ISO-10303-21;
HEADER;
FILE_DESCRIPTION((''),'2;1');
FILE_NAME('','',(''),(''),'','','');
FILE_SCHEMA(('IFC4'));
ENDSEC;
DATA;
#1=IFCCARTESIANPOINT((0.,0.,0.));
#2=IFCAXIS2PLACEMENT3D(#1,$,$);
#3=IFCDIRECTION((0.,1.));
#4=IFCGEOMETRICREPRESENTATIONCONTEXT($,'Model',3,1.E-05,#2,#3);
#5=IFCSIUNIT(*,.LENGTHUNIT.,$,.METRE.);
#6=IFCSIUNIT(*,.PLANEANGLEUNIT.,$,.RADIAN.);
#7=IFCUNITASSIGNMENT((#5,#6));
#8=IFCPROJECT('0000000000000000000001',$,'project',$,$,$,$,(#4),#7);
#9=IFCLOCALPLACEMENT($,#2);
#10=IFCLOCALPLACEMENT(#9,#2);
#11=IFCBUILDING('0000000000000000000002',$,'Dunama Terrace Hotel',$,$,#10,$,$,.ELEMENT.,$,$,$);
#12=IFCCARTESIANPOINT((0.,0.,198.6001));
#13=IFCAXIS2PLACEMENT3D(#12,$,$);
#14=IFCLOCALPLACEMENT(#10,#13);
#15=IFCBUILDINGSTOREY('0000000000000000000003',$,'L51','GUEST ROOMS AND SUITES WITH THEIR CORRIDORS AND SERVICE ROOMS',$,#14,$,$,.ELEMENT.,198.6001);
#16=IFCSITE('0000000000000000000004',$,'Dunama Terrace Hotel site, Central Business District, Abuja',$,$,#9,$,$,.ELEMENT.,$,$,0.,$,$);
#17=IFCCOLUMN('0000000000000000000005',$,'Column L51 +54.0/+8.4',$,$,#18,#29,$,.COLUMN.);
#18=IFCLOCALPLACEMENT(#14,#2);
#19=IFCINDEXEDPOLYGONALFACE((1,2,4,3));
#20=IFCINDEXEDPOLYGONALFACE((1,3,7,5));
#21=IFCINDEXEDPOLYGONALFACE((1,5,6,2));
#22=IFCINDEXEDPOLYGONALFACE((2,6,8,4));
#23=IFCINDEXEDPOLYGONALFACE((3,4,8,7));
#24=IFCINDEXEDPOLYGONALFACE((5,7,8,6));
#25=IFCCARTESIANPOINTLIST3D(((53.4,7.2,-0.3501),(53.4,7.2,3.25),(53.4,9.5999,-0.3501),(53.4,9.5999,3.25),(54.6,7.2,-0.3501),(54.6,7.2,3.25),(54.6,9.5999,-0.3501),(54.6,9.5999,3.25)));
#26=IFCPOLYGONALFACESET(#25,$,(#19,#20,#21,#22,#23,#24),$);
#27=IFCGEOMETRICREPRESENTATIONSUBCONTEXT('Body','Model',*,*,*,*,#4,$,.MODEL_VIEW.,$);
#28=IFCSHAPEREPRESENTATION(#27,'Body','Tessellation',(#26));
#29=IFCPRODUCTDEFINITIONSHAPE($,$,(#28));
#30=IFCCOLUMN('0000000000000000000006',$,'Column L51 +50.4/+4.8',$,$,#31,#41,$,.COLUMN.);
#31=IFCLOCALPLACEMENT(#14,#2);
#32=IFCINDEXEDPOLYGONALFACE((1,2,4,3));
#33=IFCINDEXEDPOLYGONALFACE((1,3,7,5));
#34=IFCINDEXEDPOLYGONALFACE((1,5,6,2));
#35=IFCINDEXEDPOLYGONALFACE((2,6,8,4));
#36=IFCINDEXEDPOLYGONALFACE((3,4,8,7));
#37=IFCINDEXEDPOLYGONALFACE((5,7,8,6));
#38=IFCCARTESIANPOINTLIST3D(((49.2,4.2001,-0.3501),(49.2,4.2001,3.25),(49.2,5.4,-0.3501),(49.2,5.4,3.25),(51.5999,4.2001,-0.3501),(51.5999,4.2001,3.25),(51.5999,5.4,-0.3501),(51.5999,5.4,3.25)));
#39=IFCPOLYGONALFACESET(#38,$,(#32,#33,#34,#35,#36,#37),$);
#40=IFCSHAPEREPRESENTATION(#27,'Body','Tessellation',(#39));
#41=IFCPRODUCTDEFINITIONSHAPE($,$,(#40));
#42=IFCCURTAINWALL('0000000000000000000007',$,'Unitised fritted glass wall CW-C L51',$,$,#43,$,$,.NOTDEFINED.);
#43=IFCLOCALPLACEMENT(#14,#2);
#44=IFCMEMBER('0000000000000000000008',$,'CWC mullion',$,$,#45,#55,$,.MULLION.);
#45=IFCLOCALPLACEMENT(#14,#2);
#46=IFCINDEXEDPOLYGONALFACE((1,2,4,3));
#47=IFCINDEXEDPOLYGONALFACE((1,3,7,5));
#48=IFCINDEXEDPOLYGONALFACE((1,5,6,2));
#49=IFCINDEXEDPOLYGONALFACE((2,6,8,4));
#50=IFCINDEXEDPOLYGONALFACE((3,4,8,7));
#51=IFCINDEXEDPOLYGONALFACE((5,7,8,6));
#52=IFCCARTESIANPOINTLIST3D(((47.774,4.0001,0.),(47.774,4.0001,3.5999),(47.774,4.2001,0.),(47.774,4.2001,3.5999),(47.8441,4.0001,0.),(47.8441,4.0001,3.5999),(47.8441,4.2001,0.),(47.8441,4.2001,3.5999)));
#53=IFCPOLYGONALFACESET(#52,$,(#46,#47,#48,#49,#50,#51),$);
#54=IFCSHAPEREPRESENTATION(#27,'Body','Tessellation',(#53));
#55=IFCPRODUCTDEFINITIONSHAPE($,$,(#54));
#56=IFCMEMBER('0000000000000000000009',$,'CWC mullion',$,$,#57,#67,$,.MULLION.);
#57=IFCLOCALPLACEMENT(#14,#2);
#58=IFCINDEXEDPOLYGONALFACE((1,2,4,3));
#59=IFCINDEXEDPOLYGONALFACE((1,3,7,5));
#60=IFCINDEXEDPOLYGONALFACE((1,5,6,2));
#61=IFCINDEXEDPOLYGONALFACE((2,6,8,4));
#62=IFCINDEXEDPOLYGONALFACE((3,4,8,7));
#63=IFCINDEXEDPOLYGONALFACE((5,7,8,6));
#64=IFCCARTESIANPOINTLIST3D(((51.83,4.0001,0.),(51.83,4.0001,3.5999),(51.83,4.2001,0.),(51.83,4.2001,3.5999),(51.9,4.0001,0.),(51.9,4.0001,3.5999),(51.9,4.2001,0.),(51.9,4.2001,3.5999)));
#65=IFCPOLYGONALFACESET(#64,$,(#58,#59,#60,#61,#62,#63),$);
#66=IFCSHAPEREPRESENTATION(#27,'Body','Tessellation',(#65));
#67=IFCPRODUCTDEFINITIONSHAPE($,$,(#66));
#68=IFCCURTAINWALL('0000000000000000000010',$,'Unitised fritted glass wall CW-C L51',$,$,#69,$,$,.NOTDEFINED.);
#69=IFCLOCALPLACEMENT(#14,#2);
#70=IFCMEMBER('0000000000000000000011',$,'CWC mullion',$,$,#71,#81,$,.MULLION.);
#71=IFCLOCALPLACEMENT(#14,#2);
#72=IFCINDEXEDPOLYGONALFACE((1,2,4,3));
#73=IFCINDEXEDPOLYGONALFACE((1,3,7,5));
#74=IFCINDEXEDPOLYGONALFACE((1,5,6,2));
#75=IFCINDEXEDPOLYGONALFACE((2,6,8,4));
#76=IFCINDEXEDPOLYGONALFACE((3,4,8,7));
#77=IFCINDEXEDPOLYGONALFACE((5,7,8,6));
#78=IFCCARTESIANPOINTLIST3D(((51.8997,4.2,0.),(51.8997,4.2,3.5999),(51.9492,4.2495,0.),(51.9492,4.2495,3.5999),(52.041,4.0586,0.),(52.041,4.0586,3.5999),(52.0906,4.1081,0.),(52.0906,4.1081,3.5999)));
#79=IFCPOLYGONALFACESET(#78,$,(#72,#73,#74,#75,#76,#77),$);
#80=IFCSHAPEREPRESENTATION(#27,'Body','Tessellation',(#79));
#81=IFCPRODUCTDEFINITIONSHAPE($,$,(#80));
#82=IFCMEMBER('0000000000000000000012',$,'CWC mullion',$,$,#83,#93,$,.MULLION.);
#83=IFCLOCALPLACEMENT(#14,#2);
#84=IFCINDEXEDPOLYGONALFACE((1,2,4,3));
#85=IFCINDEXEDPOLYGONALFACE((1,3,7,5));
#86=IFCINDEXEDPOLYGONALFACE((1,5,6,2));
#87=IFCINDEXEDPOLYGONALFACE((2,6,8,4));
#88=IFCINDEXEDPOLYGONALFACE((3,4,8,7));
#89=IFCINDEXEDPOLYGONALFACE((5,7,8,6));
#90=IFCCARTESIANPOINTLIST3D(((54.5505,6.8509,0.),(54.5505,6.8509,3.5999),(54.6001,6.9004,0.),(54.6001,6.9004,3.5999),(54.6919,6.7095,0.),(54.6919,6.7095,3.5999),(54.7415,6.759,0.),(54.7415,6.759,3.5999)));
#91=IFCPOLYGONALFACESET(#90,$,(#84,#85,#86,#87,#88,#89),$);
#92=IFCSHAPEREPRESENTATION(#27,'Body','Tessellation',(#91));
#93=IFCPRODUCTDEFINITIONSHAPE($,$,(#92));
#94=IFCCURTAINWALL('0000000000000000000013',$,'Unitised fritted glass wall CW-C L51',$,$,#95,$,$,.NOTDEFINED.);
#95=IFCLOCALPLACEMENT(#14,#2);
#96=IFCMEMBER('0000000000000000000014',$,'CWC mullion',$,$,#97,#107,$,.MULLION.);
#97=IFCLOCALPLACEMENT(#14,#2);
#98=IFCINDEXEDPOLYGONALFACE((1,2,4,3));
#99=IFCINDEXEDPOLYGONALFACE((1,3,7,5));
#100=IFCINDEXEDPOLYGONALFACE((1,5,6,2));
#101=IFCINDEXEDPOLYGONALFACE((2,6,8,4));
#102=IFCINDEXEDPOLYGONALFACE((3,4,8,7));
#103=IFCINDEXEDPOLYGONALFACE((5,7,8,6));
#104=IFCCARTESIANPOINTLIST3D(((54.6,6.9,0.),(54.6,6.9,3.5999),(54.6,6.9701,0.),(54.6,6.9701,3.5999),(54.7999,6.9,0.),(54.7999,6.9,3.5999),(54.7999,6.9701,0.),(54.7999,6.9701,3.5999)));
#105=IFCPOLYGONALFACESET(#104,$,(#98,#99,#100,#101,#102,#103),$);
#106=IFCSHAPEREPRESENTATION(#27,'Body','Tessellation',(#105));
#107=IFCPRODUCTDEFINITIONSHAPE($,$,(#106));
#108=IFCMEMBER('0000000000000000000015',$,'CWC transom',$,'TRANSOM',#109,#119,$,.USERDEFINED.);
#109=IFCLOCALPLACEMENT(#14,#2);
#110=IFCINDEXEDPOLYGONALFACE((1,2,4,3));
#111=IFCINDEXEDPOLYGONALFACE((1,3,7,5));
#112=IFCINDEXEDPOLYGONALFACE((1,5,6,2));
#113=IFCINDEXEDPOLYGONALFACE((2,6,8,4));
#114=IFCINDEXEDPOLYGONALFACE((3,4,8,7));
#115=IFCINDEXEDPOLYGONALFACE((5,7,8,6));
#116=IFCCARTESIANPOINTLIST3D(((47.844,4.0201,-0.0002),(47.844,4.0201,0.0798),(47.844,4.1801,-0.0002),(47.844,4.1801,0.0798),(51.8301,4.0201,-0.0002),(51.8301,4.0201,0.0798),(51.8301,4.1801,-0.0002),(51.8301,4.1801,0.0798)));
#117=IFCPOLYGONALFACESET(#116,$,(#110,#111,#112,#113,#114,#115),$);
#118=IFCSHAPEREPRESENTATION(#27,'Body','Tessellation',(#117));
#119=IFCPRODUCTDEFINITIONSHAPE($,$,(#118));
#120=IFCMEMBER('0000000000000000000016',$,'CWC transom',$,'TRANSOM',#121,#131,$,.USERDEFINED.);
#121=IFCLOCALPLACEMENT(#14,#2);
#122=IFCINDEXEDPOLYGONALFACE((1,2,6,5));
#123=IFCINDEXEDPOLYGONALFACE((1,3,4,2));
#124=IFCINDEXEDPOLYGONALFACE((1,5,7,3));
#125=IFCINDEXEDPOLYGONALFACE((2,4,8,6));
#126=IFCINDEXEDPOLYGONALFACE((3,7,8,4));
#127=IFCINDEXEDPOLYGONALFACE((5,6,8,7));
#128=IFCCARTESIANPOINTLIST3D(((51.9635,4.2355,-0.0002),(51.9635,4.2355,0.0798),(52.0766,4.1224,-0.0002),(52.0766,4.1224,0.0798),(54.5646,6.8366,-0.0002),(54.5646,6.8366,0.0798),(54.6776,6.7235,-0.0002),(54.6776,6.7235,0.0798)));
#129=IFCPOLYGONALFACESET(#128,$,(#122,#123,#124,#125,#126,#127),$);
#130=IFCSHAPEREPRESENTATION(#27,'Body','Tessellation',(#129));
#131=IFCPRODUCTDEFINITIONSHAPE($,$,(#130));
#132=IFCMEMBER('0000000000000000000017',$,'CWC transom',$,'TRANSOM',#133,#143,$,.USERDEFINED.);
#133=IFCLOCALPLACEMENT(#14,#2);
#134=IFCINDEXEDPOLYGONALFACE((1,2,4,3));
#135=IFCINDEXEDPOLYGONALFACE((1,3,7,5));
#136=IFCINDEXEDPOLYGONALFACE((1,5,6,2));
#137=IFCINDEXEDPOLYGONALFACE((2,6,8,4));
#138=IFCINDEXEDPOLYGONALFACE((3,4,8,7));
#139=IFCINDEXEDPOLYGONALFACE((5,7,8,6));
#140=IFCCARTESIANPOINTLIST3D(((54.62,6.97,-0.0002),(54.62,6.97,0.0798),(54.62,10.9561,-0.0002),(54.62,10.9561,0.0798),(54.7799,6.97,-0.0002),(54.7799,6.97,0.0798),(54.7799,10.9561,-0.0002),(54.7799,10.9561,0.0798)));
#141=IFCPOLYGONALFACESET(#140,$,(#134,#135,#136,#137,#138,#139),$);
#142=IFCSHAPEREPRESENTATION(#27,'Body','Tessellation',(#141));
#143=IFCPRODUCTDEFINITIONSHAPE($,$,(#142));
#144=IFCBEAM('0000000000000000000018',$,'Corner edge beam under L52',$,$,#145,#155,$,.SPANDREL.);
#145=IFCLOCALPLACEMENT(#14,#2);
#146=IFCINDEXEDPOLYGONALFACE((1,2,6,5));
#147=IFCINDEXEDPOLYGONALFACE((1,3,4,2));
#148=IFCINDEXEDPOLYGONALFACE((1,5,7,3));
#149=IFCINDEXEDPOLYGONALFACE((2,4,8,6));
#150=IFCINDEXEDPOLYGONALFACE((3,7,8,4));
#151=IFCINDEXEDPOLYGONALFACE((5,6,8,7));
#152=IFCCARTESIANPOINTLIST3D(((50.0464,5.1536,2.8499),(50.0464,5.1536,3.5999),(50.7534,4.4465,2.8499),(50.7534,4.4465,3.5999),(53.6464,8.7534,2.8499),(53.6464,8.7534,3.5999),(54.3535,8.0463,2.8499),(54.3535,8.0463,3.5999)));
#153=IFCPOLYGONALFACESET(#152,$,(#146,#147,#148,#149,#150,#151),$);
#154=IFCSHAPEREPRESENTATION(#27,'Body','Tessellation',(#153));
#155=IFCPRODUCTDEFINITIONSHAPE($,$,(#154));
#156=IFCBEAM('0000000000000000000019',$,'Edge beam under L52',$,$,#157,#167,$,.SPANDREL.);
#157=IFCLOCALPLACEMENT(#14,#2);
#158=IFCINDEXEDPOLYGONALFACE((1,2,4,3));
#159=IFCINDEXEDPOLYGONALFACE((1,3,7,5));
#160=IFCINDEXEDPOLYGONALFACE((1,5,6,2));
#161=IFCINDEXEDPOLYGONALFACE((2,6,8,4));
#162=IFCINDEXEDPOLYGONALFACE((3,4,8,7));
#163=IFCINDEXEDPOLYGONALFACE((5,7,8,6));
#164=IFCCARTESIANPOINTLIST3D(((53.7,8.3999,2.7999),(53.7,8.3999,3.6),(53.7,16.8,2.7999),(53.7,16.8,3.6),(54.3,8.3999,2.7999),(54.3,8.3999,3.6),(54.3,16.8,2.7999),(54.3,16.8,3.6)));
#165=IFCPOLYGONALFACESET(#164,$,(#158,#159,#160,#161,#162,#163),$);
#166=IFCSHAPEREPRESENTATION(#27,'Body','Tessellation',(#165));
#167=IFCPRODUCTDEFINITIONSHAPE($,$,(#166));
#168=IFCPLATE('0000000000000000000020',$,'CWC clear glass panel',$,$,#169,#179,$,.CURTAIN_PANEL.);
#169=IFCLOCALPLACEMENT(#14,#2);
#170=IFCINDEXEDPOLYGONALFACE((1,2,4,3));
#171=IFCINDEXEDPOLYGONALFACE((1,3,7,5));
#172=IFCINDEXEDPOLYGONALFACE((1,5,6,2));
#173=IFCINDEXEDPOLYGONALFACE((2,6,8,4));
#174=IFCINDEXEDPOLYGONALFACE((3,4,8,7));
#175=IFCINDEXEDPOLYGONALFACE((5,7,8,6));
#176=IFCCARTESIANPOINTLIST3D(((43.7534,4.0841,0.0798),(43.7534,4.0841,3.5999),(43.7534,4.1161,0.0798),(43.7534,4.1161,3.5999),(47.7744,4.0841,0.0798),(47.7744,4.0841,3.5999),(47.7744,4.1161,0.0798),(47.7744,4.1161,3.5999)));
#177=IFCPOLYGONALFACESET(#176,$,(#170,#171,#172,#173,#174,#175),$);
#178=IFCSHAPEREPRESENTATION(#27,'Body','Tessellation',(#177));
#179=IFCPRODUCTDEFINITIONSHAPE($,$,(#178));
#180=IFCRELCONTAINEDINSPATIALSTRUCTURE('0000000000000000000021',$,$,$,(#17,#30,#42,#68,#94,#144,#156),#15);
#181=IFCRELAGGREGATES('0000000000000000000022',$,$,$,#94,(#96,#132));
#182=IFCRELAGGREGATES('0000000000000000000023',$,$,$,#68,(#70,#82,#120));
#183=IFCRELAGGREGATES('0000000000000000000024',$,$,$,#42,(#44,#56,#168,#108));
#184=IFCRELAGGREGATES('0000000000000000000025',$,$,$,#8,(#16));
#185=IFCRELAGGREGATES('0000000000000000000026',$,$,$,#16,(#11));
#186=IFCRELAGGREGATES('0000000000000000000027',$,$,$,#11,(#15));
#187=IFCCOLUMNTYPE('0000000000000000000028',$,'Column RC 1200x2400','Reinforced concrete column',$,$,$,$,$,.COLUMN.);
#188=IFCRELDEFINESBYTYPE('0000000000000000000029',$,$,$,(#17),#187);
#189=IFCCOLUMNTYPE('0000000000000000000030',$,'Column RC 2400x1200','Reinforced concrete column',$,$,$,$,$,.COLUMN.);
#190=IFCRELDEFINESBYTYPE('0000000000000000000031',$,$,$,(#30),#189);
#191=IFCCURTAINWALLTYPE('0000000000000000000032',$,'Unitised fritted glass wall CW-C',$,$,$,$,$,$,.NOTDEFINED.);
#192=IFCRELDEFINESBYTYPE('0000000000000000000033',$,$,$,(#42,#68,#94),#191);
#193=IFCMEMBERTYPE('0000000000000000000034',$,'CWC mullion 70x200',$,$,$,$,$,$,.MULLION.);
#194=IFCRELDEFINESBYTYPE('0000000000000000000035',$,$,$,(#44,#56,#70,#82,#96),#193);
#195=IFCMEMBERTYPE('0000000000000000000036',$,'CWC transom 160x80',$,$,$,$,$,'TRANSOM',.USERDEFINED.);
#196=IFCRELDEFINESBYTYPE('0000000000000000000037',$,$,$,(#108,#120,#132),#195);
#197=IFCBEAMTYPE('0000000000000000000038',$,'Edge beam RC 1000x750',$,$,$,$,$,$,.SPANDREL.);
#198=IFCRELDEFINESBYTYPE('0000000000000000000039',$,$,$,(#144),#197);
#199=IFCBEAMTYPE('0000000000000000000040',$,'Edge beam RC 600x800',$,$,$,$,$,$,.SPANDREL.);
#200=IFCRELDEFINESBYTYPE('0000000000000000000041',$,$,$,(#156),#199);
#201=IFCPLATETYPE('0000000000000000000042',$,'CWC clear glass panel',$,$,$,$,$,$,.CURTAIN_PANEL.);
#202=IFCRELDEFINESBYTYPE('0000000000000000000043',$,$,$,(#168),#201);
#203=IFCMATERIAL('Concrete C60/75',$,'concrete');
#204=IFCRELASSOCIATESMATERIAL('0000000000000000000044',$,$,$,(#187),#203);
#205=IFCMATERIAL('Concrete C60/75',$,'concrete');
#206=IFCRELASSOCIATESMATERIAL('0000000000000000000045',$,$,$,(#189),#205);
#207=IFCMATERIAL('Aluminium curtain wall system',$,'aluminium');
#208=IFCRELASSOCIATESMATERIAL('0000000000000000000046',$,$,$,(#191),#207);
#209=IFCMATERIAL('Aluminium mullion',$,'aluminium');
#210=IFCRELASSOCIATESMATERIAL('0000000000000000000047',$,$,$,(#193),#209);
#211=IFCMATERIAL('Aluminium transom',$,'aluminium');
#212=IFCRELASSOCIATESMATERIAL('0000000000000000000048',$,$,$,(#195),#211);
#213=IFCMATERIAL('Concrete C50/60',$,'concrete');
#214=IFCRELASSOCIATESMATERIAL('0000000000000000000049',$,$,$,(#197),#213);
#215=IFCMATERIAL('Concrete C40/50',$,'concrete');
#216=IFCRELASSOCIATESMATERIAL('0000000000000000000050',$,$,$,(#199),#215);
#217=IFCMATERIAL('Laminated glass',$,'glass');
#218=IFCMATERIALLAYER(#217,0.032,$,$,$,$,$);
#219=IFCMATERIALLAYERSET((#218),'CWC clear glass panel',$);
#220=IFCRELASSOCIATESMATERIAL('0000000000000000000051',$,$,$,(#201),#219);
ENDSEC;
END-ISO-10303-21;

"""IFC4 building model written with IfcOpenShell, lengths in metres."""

from ifc_helpers import new_model, si_unit, direction, frame, origin, origin_2d, place, context, subcontext, project, spatial, rectangle, extrude, material, layer, layer_set, material_profile, profile_set, type_object, element, aggregate, save


model = new_model("IFC4")

# Units and contexts
model_context = context("Model", 3, precision=1e-05, world=origin(), true_north=direction((0.0, 1.0)))
body_context = subcontext(model_context, "Body", "Model", "MODEL_VIEW")
ifc_project = project(units=[si_unit("LENGTHUNIT", "METRE"), si_unit("PLANEANGLEUNIT", "RADIAN")], contexts=[model_context])

# Site, building, storey
site_placement = place(None, origin())
site = spatial("IfcSite", under=ifc_project, at=site_placement, Name="Dunama Terrace Hotel site, Central Business District, Abuja", CompositionType="ELEMENT", RefElevation=0.0)
building_placement = place(site_placement, origin())
building = spatial("IfcBuilding", under=site, at=building_placement, Name="Dunama Terrace Hotel", CompositionType="ELEMENT")
storey_placement = place(building_placement, frame((0.0, 0.0, 198.6001)))
storey = spatial("IfcBuildingStorey", under=building, at=storey_placement, Name="L51", Description="GUEST ROOMS AND SUITES WITH THEIR CORRIDORS AND SERVICE ROOMS", CompositionType="ELEMENT", Elevation=198.6001)

# Columns
ifc_material_1 = material(Name="Concrete C60/75", Category="concrete")
ifc_material_profile_1 = material_profile(ifc_material_1, rectangle(XDim=1.2, YDim=2.3999, at=origin_2d()), Name="RC 1200x2400")
ifc_profile_set_1 = profile_set([ifc_material_profile_1], Name="Concrete C60/75")
column_type_1 = type_object("IfcColumnType", Name="Column RC 1200x2400", Description="Reinforced concrete column", PredefinedType="COLUMN", material=ifc_profile_set_1)
column_1_placement = place(storey_placement, frame((54.0, 8.3999, -0.3501), z_axis=(0.0, 0.0, 1.0), x_axis=(1.0, 0.0, 0.0)))
element("IfcColumn", 1, at=column_1_placement, inside=storey, type_object=column_type_1, Name="Column L51 +54.0/+8.4", PredefinedType="COLUMN", context=body_context, shape_type="SweptSolid", body=[
    extrude(rectangle(XDim=1.2, YDim=2.3999, at=origin_2d()), origin(), (0.0, 0.0, 1.0), 3.6001),
])
ifc_material_2 = material(Name="Concrete C60/75", Category="concrete")
ifc_material_profile_2 = material_profile(ifc_material_2, rectangle(XDim=2.3999, YDim=1.2, at=origin_2d()), Name="RC 2400x1200")
ifc_profile_set_2 = profile_set([ifc_material_profile_2], Name="Concrete C60/75")
column_type_2 = type_object("IfcColumnType", Name="Column RC 2400x1200", Description="Reinforced concrete column", PredefinedType="COLUMN", material=ifc_profile_set_2)
column_2_placement = place(storey_placement, frame((50.3999, 4.8, -0.3501), z_axis=(0.0, 0.0, 1.0), x_axis=(1.0, 0.0, 0.0)))
element("IfcColumn", 2, at=column_2_placement, inside=storey, type_object=column_type_2, Name="Column L51 +50.4/+4.8", PredefinedType="COLUMN", context=body_context, shape_type="SweptSolid", body=[
    extrude(rectangle(XDim=2.3999, YDim=1.2, at=origin_2d()), origin(), (0.0, 0.0, 1.0), 3.6001),
])

# Curtain walls, members
ifc_material_3 = material(Name="Aluminium curtain wall system", Category="aluminium")
curtain_wall_type = type_object("IfcCurtainWallType", Name="Unitised fritted glass wall CW-C", PredefinedType="NOTDEFINED", material=ifc_material_3)
curtain_wall_1_placement = place(storey_placement, origin())
curtain_wall_1 = element("IfcCurtainWall", 3, at=curtain_wall_1_placement, inside=storey, type_object=curtain_wall_type, Name="Unitised fritted glass wall CW-C L51", PredefinedType="NOTDEFINED")
ifc_material_4 = material(Name="Aluminium mullion", Category="aluminium")
ifc_material_profile_3 = material_profile(ifc_material_4, rectangle(XDim=0.0701, YDim=0.2, at=origin_2d()), Name="CWC MULLION 70X200")
ifc_profile_set_3 = profile_set([ifc_material_profile_3], Name="Aluminium mullion")
member_type_1 = type_object("IfcMemberType", Name="CWC mullion 70x200", PredefinedType="MULLION", material=ifc_profile_set_3)
member_1_placement = place(storey_placement, frame((47.8091, 4.1001, 0.0), z_axis=(0.0, 0.0, 1.0), x_axis=(1.0, 0.0, 0.0)))
member_1 = element("IfcMember", 4, at=member_1_placement, type_object=member_type_1, Name="CWC mullion", PredefinedType="MULLION", context=body_context, shape_type="SweptSolid", body=[
    extrude(rectangle(XDim=0.0701, YDim=0.2, at=origin_2d()), origin(), (0.0, 0.0, 1.0), 3.5999),
])
member_2_placement = place(storey_placement, frame((51.865, 4.1001, 0.0), z_axis=(0.0, 0.0, 1.0), x_axis=(1.0, 0.0, 0.0)))
member_2 = element("IfcMember", 5, at=member_2_placement, type_object=member_type_1, Name="CWC mullion", PredefinedType="MULLION", context=body_context, shape_type="SweptSolid", body=[
    extrude(rectangle(XDim=0.0701, YDim=0.2, at=origin_2d()), origin(), (0.0, 0.0, 1.0), 3.5999),
])
curtain_wall_2_placement = place(storey_placement, origin())
curtain_wall_2 = element("IfcCurtainWall", 6, at=curtain_wall_2_placement, inside=storey, type_object=curtain_wall_type, Name="Unitised fritted glass wall CW-C L51", PredefinedType="NOTDEFINED")
member_3_placement = place(storey_placement, frame((51.9951, 4.1541, 0.0), z_axis=(0.0, 0.0, 1.0), x_axis=(0.707107, 0.707107, 0.0)))
member_3 = element("IfcMember", 7, at=member_3_placement, type_object=member_type_1, Name="CWC mullion", PredefinedType="MULLION", context=body_context, shape_type="SweptSolid", body=[
    extrude(rectangle(XDim=0.0701, YDim=0.2, at=origin_2d()), origin(), (0.0, 0.0, 1.0), 3.5999),
])
member_4_placement = place(storey_placement, frame((54.646, 6.8049, 0.0), z_axis=(0.0, 0.0, 1.0), x_axis=(0.707107, 0.707107, 0.0)))
member_4 = element("IfcMember", 8, at=member_4_placement, type_object=member_type_1, Name="CWC mullion", PredefinedType="MULLION", context=body_context, shape_type="SweptSolid", body=[
    extrude(rectangle(XDim=0.0701, YDim=0.2, at=origin_2d()), origin(), (0.0, 0.0, 1.0), 3.5999),
])

# Curtain wall, member
curtain_wall_3_placement = place(storey_placement, origin())
curtain_wall_3 = element("IfcCurtainWall", 9, at=curtain_wall_3_placement, inside=storey, type_object=curtain_wall_type, Name="Unitised fritted glass wall CW-C L51", PredefinedType="NOTDEFINED")
member_5_placement = place(storey_placement, frame((54.7, 6.9351, 0.0), z_axis=(0.0, 0.0, 1.0), x_axis=(0.0, 1.0, 0.0)))
member_5 = element("IfcMember", 10, at=member_5_placement, type_object=member_type_1, Name="CWC mullion", PredefinedType="MULLION", context=body_context, shape_type="SweptSolid", body=[
    extrude(rectangle(XDim=0.0701, YDim=0.2, at=origin_2d()), origin(), (0.0, 0.0, 1.0), 3.5999),
])

# Members
ifc_material_5 = material(Name="Aluminium transom", Category="aluminium")
ifc_material_profile_4 = material_profile(ifc_material_5, rectangle(XDim=0.1599, YDim=0.0801, at=origin_2d()), Name="CWC TRANSOM 160X80")
ifc_profile_set_4 = profile_set([ifc_material_profile_4], Name="Aluminium transom")
member_type_2 = type_object("IfcMemberType", Name="CWC transom 160x80", ElementType="TRANSOM", PredefinedType="USERDEFINED", material=ifc_profile_set_4)
member_6_placement = place(storey_placement, frame((47.844, 4.1001, 0.0398), z_axis=(1.0, 0.0, 0.0), x_axis=(0.0, 1.0, 0.0)))
member_6 = element("IfcMember", 11, at=member_6_placement, type_object=member_type_2, Name="CWC transom", ObjectType="TRANSOM", PredefinedType="USERDEFINED", context=body_context, shape_type="SweptSolid", body=[
    extrude(rectangle(XDim=0.1599, YDim=0.0801, at=origin_2d()), origin(), (0.0, 0.0, 1.0), 3.9861),
])
member_7_placement = place(storey_placement, frame((52.02, 4.179, 0.0398), z_axis=(0.707107, 0.707107, 0.0), x_axis=(-0.707107, 0.707107, 0.0)))
member_7 = element("IfcMember", 12, at=member_7_placement, type_object=member_type_2, Name="CWC transom", ObjectType="TRANSOM", PredefinedType="USERDEFINED", context=body_context, shape_type="SweptSolid", body=[
    extrude(rectangle(XDim=0.1599, YDim=0.0801, at=origin_2d()), origin(), (0.0, 0.0, 1.0), 3.6785),
])
member_8_placement = place(storey_placement, frame((54.7, 6.97, 0.0398), z_axis=(0.0, 1.0, 0.0), x_axis=(-1.0, 0.0, 0.0)))
member_8 = element("IfcMember", 13, at=member_8_placement, type_object=member_type_2, Name="CWC transom", ObjectType="TRANSOM", PredefinedType="USERDEFINED", context=body_context, shape_type="SweptSolid", body=[
    extrude(rectangle(XDim=0.1599, YDim=0.0801, at=origin_2d()), origin(), (0.0, 0.0, 1.0), 3.9861),
])

# Beams
ifc_material_6 = material(Name="Concrete C50/60", Category="concrete")
ifc_material_profile_5 = material_profile(ifc_material_6, rectangle(XDim=1.0, YDim=0.75, at=origin_2d()), Name="RC 1000x750")
ifc_profile_set_5 = profile_set([ifc_material_profile_5], Name="Concrete C50/60")
beam_type_1 = type_object("IfcBeamType", Name="Edge beam RC 1000x750", PredefinedType="SPANDREL", material=ifc_profile_set_5)
beam_1_placement = place(storey_placement, frame((50.3999, 4.8, 3.2249), z_axis=(0.707131, 0.707083, 0.0), x_axis=(-0.707083, 0.707131, 0.0)))
element("IfcBeam", 14, at=beam_1_placement, inside=storey, type_object=beam_type_1, Name="Corner edge beam under L52", PredefinedType="SPANDREL", context=body_context, shape_type="SweptSolid", body=[
    extrude(rectangle(XDim=1.0, YDim=0.75, at=origin_2d()), origin(), (0.0, 0.0, 1.0), 5.0911),
])
ifc_material_7 = material(Name="Concrete C40/50", Category="concrete")
ifc_material_profile_6 = material_profile(ifc_material_7, rectangle(XDim=0.6001, YDim=0.8, at=origin_2d()), Name="RC 600x800")
ifc_profile_set_6 = profile_set([ifc_material_profile_6], Name="Concrete C40/50")
beam_type_2 = type_object("IfcBeamType", Name="Edge beam RC 600x800", PredefinedType="SPANDREL", material=ifc_profile_set_6)
beam_2_placement = place(storey_placement, frame((54.0, 8.3999, 3.2), z_axis=(0.0, 1.0, 0.0), x_axis=(-1.0, 0.0, 0.0)))
element("IfcBeam", 15, at=beam_2_placement, inside=storey, type_object=beam_type_2, Name="Edge beam under L52", PredefinedType="SPANDREL", context=body_context, shape_type="SweptSolid", body=[
    extrude(rectangle(XDim=0.6001, YDim=0.8, at=origin_2d()), origin(), (0.0, 0.0, 1.0), 8.4001),
])

# Plate
ifc_material_8 = material(Name="Laminated glass", Category="glass")
ifc_layer_1 = layer(ifc_material_8, 0.032)
ifc_layer_set_1 = layer_set([ifc_layer_1], Name="CWC clear glass panel")
plate_type_1 = type_object("IfcPlateType", Name="CWC clear glass panel", PredefinedType="CURTAIN_PANEL", material=ifc_layer_set_1)
plate_1_placement = place(storey_placement, frame((45.7639, 4.1001, 0.0798), z_axis=(0.0, 0.0, 1.0), x_axis=(1.0, 0.0, 0.0)))
plate_1 = element("IfcPlate", 16, at=plate_1_placement, type_object=plate_type_1, Name="CWC clear glass panel", PredefinedType="CURTAIN_PANEL", context=body_context, shape_type="SweptSolid", body=[
    extrude(rectangle(XDim=4.021, YDim=0.032, at=origin_2d()), origin(), (0.0, 0.0, 1.0), 3.52),
])
aggregate(curtain_wall_3, [member_5, member_8])
aggregate(curtain_wall_2, [member_3, member_4, member_7])
aggregate(curtain_wall_1, [member_1, member_2, plate_1, member_6])

save(model, "model.ifc")
